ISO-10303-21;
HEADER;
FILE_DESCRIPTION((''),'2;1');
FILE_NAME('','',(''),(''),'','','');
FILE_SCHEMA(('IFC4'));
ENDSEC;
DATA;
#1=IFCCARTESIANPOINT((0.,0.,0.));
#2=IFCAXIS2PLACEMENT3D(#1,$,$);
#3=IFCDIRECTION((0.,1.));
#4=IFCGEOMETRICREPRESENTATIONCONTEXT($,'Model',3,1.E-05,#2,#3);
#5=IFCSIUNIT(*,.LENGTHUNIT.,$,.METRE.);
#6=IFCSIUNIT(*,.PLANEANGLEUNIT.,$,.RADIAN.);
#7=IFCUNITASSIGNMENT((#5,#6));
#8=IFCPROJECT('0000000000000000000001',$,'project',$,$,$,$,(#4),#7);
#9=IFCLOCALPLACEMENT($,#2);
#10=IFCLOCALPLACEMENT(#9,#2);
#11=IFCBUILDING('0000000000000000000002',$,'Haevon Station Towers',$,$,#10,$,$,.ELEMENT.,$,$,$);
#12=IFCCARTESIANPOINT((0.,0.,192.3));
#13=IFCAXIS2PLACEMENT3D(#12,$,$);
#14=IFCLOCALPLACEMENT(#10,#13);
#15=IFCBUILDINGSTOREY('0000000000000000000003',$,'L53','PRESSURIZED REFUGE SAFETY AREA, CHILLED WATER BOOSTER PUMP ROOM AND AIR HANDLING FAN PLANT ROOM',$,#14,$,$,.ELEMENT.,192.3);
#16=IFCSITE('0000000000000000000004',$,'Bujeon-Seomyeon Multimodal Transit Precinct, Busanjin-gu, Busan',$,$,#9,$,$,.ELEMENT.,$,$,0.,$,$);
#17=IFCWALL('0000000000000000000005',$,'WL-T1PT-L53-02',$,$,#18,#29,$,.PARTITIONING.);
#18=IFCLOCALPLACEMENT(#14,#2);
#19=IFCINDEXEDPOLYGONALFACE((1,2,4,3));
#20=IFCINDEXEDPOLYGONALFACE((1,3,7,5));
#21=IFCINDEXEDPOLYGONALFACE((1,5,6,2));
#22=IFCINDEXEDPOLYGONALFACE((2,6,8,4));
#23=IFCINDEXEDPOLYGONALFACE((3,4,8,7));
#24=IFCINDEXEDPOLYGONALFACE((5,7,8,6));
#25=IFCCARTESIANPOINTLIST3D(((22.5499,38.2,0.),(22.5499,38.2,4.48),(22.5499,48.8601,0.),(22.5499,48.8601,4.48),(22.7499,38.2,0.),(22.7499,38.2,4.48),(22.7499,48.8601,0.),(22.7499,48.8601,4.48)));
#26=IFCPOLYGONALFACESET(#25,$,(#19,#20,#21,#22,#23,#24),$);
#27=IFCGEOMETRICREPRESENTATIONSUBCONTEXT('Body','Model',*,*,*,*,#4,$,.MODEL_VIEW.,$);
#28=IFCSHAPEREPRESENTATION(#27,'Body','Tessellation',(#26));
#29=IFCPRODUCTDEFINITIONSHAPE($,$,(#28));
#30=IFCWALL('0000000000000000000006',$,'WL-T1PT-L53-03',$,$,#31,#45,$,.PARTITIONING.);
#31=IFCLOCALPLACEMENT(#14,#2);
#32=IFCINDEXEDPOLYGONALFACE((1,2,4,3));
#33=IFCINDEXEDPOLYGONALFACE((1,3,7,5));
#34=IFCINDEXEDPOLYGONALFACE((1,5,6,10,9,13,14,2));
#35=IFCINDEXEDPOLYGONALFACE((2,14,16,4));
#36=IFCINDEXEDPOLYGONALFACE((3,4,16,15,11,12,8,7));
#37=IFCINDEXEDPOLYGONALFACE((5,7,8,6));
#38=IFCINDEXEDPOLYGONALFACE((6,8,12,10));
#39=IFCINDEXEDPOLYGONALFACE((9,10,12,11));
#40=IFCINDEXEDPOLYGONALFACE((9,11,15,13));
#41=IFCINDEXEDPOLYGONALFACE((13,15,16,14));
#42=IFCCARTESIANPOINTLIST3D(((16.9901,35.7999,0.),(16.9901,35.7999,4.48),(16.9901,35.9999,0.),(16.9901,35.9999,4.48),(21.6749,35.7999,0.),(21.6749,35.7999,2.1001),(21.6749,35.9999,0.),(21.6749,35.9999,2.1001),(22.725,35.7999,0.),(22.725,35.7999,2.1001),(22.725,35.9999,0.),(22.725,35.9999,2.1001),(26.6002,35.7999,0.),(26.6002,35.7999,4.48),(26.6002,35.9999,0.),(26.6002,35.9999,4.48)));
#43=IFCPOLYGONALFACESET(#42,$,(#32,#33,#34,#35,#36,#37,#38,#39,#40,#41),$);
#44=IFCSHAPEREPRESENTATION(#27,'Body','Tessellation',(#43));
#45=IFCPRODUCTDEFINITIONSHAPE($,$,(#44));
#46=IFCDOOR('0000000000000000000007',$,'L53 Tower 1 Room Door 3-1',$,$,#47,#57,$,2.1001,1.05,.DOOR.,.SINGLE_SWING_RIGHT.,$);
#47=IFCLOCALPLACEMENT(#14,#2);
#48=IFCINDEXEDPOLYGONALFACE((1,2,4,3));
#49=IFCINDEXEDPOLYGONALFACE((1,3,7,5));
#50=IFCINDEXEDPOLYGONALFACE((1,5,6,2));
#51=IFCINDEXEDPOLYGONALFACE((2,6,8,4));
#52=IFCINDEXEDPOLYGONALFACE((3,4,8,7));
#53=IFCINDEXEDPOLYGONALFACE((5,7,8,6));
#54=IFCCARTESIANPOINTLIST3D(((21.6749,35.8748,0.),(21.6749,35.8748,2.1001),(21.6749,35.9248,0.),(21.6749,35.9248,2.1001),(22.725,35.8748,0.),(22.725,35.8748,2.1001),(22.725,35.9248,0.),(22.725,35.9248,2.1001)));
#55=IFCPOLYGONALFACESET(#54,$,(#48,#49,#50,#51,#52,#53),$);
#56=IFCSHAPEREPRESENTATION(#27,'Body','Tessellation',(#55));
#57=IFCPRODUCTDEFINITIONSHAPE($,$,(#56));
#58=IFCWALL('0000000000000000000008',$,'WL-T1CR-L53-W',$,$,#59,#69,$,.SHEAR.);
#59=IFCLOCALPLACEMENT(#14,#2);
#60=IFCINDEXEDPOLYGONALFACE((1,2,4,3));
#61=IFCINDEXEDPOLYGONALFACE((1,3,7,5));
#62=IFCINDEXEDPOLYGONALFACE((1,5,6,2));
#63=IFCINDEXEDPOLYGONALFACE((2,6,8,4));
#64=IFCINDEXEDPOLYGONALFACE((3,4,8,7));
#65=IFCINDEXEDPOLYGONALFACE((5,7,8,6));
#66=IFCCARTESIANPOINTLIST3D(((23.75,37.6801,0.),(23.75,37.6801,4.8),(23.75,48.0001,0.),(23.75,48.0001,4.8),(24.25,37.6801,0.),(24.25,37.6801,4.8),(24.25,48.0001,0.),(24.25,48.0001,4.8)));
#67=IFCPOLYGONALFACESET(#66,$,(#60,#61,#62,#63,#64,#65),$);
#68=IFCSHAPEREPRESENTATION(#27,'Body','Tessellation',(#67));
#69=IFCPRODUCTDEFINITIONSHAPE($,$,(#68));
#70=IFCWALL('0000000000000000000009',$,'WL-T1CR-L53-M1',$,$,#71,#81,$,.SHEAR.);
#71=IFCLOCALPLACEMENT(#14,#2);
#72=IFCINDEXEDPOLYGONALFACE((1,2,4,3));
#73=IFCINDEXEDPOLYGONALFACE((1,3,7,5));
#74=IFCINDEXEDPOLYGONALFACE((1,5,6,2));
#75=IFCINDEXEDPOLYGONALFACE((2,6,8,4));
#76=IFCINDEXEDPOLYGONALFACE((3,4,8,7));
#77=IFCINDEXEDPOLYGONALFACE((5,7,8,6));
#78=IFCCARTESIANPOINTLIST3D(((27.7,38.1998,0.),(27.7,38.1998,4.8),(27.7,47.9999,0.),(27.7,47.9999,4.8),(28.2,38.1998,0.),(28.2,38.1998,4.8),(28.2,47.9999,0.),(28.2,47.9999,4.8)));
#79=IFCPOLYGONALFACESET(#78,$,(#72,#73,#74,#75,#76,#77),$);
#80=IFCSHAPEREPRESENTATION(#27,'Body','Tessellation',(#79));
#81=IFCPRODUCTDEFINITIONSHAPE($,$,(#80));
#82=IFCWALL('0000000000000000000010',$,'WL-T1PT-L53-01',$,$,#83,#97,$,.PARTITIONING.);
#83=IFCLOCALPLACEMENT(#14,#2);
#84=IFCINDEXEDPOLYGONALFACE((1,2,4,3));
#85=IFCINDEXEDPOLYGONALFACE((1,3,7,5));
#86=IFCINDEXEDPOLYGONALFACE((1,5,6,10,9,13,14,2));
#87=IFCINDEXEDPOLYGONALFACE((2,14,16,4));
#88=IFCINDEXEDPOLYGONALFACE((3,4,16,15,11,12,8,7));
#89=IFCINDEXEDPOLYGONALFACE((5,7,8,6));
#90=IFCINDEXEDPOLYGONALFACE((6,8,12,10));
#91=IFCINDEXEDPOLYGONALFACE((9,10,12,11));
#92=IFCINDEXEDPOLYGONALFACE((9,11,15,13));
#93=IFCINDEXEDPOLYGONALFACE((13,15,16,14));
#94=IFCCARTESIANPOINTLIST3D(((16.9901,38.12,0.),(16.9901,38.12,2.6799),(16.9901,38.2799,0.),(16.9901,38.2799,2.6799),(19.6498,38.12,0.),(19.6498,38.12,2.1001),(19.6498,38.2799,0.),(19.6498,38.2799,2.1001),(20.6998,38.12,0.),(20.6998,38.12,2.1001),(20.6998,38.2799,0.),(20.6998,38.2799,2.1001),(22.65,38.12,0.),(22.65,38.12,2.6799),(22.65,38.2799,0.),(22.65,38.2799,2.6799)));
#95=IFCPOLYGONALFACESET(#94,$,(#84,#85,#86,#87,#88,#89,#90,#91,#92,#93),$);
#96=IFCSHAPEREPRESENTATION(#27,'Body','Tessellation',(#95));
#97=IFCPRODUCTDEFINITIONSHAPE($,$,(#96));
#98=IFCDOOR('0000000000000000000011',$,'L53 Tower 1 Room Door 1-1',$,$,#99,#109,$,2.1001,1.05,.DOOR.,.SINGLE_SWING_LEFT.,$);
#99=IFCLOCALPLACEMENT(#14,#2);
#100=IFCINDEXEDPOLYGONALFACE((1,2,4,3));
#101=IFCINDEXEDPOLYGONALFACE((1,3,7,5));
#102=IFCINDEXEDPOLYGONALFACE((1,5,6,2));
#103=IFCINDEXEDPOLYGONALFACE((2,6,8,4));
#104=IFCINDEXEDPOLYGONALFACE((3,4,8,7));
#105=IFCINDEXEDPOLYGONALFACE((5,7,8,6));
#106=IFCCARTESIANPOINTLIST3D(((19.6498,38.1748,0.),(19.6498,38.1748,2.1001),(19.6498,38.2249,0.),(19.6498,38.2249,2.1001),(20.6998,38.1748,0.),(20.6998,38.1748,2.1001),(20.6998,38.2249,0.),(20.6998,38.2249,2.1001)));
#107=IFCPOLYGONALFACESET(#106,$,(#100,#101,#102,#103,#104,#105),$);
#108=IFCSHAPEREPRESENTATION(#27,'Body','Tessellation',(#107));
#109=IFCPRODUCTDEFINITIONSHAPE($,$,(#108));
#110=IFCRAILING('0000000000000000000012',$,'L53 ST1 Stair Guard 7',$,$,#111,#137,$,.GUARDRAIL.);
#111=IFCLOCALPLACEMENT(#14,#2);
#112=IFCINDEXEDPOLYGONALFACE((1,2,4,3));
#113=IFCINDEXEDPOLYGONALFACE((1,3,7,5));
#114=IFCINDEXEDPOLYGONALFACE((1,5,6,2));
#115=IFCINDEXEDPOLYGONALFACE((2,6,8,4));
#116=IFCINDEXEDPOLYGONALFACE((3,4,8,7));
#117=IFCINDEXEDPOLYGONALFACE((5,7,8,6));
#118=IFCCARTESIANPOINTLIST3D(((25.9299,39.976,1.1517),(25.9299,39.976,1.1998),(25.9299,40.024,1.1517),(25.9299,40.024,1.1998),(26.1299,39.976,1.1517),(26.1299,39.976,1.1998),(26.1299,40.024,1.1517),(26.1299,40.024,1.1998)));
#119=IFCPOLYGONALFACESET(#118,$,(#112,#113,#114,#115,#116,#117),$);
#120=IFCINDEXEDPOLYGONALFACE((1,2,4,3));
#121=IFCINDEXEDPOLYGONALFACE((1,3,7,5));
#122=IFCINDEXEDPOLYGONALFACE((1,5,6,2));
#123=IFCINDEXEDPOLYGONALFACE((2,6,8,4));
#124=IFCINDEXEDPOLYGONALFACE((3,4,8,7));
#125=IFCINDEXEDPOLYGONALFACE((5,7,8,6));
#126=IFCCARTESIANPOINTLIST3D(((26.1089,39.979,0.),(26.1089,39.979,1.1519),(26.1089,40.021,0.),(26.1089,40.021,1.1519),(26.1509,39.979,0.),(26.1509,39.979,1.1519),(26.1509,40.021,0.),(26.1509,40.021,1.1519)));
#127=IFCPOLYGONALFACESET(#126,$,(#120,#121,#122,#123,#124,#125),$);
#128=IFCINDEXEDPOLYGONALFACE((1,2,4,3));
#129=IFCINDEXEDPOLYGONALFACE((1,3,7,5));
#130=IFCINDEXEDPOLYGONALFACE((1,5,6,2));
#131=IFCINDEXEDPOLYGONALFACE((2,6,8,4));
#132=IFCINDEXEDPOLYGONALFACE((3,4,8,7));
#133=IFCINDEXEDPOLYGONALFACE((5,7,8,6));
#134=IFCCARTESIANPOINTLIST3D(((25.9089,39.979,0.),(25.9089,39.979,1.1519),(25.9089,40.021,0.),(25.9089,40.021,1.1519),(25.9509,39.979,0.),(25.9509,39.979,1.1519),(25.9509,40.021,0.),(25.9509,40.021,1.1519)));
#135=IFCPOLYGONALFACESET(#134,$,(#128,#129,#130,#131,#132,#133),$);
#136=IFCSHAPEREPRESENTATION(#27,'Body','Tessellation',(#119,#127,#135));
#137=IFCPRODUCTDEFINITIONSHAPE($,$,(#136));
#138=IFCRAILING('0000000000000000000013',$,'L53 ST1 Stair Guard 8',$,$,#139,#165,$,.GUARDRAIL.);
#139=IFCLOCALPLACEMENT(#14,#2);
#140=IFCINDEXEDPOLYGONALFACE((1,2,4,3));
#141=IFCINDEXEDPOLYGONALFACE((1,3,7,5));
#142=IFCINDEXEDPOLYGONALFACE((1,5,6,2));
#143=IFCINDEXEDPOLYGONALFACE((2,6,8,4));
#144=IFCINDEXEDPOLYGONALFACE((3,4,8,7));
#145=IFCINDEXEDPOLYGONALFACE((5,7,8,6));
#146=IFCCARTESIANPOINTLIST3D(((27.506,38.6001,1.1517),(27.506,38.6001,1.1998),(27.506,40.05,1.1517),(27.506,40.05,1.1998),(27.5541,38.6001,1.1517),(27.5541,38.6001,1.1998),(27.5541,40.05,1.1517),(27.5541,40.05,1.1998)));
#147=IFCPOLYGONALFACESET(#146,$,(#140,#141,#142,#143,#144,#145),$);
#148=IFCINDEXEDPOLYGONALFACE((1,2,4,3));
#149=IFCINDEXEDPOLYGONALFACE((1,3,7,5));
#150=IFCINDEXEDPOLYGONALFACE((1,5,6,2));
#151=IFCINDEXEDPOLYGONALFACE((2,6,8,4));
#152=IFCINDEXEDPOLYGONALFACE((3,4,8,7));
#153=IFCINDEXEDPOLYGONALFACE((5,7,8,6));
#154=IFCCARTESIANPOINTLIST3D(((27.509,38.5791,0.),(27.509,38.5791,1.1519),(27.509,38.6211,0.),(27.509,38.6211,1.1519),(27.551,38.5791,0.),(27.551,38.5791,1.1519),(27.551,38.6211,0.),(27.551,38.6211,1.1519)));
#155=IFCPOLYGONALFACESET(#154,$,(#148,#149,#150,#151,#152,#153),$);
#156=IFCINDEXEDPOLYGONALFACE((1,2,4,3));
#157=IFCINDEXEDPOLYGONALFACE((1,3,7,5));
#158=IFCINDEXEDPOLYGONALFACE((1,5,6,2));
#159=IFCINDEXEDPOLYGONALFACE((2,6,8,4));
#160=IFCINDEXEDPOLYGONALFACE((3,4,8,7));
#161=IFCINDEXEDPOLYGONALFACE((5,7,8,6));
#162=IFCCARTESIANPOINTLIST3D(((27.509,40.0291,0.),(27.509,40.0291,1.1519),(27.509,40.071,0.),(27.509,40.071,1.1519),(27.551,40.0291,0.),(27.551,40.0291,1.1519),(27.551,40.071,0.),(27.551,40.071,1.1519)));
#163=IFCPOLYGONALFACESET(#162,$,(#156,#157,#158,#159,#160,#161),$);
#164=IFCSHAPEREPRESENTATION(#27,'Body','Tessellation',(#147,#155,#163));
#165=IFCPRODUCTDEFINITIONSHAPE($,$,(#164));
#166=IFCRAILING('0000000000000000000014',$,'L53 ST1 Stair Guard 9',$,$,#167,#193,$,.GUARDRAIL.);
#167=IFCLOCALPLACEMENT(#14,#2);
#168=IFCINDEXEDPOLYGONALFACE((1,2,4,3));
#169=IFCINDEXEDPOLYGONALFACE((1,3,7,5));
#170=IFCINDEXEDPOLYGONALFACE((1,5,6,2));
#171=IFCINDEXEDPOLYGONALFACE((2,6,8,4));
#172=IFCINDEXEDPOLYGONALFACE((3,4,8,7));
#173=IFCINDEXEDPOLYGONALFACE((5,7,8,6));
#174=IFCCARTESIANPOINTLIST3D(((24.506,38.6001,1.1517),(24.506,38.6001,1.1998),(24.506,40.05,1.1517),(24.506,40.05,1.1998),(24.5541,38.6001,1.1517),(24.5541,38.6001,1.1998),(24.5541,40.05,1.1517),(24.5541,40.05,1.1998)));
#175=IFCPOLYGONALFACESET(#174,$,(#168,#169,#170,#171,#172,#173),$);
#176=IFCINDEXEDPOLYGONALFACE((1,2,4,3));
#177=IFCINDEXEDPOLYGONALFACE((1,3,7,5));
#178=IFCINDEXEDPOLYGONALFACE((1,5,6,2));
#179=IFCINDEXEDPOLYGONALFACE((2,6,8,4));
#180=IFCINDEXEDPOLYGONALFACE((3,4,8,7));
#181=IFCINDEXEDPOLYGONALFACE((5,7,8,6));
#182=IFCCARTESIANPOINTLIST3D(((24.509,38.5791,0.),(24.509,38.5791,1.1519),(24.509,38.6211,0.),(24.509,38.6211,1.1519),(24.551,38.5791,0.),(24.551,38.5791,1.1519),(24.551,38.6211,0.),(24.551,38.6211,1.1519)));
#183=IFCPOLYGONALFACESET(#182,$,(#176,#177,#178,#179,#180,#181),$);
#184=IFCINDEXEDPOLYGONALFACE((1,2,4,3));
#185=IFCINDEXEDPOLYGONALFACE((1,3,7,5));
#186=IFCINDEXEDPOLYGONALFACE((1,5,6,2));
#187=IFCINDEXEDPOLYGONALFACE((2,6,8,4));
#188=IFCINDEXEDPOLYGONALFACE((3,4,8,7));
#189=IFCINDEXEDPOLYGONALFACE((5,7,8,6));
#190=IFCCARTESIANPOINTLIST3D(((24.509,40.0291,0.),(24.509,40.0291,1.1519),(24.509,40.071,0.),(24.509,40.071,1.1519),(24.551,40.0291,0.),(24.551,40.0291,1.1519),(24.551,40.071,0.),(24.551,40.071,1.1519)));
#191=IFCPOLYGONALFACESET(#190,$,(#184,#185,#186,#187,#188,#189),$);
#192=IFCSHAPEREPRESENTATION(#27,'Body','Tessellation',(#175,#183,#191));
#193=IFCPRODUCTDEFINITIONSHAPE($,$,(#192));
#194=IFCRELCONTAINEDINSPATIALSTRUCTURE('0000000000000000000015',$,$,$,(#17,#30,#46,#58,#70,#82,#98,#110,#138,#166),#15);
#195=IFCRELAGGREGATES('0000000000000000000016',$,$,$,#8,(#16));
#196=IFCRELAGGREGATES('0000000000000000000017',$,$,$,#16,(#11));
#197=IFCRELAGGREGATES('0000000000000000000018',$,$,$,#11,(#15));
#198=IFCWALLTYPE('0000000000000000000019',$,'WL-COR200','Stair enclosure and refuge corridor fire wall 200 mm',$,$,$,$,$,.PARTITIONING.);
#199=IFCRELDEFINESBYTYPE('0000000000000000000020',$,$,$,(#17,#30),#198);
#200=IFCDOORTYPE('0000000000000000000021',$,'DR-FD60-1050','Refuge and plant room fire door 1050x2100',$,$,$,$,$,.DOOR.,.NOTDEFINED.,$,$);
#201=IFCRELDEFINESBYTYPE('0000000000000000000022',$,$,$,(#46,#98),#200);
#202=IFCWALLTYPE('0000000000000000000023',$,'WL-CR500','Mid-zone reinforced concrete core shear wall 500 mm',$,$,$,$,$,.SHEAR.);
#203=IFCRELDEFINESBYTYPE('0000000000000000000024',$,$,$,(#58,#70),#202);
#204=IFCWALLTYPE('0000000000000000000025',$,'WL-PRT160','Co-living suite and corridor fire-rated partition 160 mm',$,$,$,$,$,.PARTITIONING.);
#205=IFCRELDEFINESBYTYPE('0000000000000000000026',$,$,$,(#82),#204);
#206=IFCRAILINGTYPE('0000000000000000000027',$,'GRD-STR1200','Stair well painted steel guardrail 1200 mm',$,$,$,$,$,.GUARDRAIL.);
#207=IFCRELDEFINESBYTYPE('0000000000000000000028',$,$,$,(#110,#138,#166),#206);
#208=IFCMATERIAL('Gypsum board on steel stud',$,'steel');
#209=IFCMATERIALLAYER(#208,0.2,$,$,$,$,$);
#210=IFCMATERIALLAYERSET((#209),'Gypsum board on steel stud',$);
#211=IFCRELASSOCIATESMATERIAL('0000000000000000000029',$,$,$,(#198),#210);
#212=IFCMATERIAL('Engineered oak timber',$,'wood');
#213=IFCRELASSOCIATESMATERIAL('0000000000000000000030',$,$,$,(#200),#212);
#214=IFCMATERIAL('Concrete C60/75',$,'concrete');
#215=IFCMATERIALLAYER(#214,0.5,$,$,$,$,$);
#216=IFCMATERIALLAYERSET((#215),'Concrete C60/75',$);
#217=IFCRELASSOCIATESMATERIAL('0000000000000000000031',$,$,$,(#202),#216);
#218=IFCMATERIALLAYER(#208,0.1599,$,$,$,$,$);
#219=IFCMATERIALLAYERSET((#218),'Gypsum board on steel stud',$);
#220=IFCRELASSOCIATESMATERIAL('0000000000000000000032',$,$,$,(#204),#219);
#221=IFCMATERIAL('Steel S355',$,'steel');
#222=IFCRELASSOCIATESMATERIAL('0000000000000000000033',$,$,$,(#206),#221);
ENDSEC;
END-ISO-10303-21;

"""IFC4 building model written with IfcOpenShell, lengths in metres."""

from ifc_helpers import new_model, si_unit, direction, frame, frame_2d, origin, origin_2d, place, context, subcontext, project, spatial, rectangle, extrude, material, layer, layer_set, type_object, element, fill, save


model = new_model("IFC4")

# Units and contexts
model_context = context("Model", 3, precision=1e-05, world=origin(), true_north=direction((0.0, 1.0)))
body_context = subcontext(model_context, "Body", "Model", "MODEL_VIEW")
ifc_project = project(units=[si_unit("LENGTHUNIT", "METRE"), si_unit("PLANEANGLEUNIT", "RADIAN")], contexts=[model_context])

# Site, building, storey
site_placement = place(None, origin())
site = spatial("IfcSite", under=ifc_project, at=site_placement, Name="Bujeon-Seomyeon Multimodal Transit Precinct, Busanjin-gu, Busan", CompositionType="ELEMENT", RefElevation=0.0)
building_placement = place(site_placement, origin())
building = spatial("IfcBuilding", under=site, at=building_placement, Name="Haevon Station Towers", CompositionType="ELEMENT")
storey_placement = place(building_placement, frame((0.0, 0.0, 192.3)))
storey = spatial("IfcBuildingStorey", under=building, at=storey_placement, Name="L53", Description="PRESSURIZED REFUGE SAFETY AREA, CHILLED WATER BOOSTER PUMP ROOM AND AIR HANDLING FAN PLANT ROOM", CompositionType="ELEMENT", Elevation=192.3)

# Shared definitions
ifc_material_1 = material(Name="Steel S355", Category="steel")

# Shared definitions
ifc_material_2 = material(Name="Gypsum board on steel stud", Category="steel")
ifc_layer_1 = layer(ifc_material_2, 0.2)
ifc_layer_set_1 = layer_set([ifc_layer_1], Name="Gypsum board on steel stud")
wall_type_1 = type_object("IfcWallType", Name="WL-COR200", Description="Stair enclosure and refuge corridor fire wall 200 mm", PredefinedType="PARTITIONING", material=ifc_layer_set_1)

# Shared definitions
ifc_material_3 = material(Name="Engineered oak timber", Category="wood")
door_type = type_object("IfcDoorType", Name="DR-FD60-1050", Description="Refuge and plant room fire door 1050x2100", OperationType="NOTDEFINED", PredefinedType="DOOR", material=ifc_material_3)

# Wall
wall_1_placement = place(storey_placement, frame((22.6499, 38.2, 0.0), z_axis=(0.0, 0.0, 1.0), x_axis=(0.0, 1.0, 0.0)))
element("IfcWall", 1, at=wall_1_placement, inside=storey, type_object=wall_type_1, Name="WL-T1PT-L53-02", PredefinedType="PARTITIONING", context=body_context, shape_type="SweptSolid", body=[
    extrude(rectangle(XDim=10.6602, YDim=0.2, at=frame_2d((5.3301, 0.0))), origin(), (0.0, 0.0, 1.0), 4.48),
])

# Wall, opening, door
wall_2_placement = place(storey_placement, frame((16.99, 35.8999, 0.0), z_axis=(0.0, 0.0, 1.0), x_axis=(1.0, 0.0, 0.0)))
wall_2 = element("IfcWall", 2, at=wall_2_placement, inside=storey, type_object=wall_type_1, Name="WL-T1PT-L53-03", PredefinedType="PARTITIONING", context=body_context, shape_type="SweptSolid", body=[
    extrude(rectangle(XDim=9.6101, YDim=0.2, at=frame_2d((4.8052, 0.0))), origin(), (0.0, 0.0, 1.0), 4.48),
])
opening_1_placement = place(wall_2_placement, frame((4.6851, 0.0, 0.0)))
opening_1 = element("IfcOpeningElement", 3, at=opening_1_placement, cuts=wall_2, PredefinedType="OPENING", context=body_context, shape_type="SweptSolid", body=[
    extrude(rectangle(XDim=1.05, YDim=2.1001, at=frame_2d((0.5249, 1.05))), frame((0.0, 0.1099, 0.0), z_axis=(0.0, -1.0, 0.0), x_axis=(1.0, 0.0, 0.0)), (0.0, 0.0, 1.0), 0.22),
])
door_1_placement = place(opening_1_placement, origin())
door_1 = element("IfcDoor", 4, at=door_1_placement, inside=storey, type_object=door_type, Name="L53 Tower 1 Room Door 3-1", OperationType="SINGLE_SWING_RIGHT", OverallHeight=2.1001, OverallWidth=1.05, PredefinedType="DOOR", context=body_context, shape_type="SweptSolid", body=[
    extrude(rectangle(XDim=1.05, YDim=2.1001, at=frame_2d((0.5249, 1.05))), frame((0.0, 0.0249, 0.0), z_axis=(0.0, -1.0, 0.0), x_axis=(1.0, 0.0, 0.0)), (0.0, 0.0, 1.0), 0.05),
])
fill(opening_1, door_1)

# Walls
ifc_material_4 = material(Name="Concrete C60/75", Category="concrete")
ifc_layer_2 = layer(ifc_material_4, 0.5)
ifc_layer_set_2 = layer_set([ifc_layer_2], Name="Concrete C60/75")
wall_type_2 = type_object("IfcWallType", Name="WL-CR500", Description="Mid-zone reinforced concrete core shear wall 500 mm", PredefinedType="SHEAR", material=ifc_layer_set_2)
wall_3_placement = place(storey_placement, frame((24.0, 37.6799, 0.0), z_axis=(0.0, 0.0, 1.0), x_axis=(0.0, 1.0, 0.0)))
element("IfcWall", 5, at=wall_3_placement, inside=storey, type_object=wall_type_2, Name="WL-T1CR-L53-W", PredefinedType="SHEAR", context=body_context, shape_type="SweptSolid", body=[
    extrude(rectangle(XDim=10.3201, YDim=0.5, at=frame_2d((5.1602, 0.0))), origin(), (0.0, 0.0, 1.0), 4.8),
])
wall_4_placement = place(storey_placement, frame((27.95, 38.2, 0.0), z_axis=(0.0, 0.0, 1.0), x_axis=(0.0, 1.0, 0.0)))
element("IfcWall", 6, at=wall_4_placement, inside=storey, type_object=wall_type_2, Name="WL-T1CR-L53-M1", PredefinedType="SHEAR", context=body_context, shape_type="SweptSolid", body=[
    extrude(rectangle(XDim=9.8, YDim=0.5, at=frame_2d((4.8999, 0.0))), origin(), (0.0, 0.0, 1.0), 4.8),
])

# Wall, opening, door
ifc_layer_3 = layer(ifc_material_2, 0.1599)
ifc_layer_set_3 = layer_set([ifc_layer_3], Name="Gypsum board on steel stud")
wall_type_3 = type_object("IfcWallType", Name="WL-PRT160", Description="Co-living suite and corridor fire-rated partition 160 mm", PredefinedType="PARTITIONING", material=ifc_layer_set_3)
wall_5_placement = place(storey_placement, frame((16.99, 38.2, 0.0), z_axis=(0.0, 0.0, 1.0), x_axis=(1.0, 0.0, 0.0)))
wall_5 = element("IfcWall", 7, at=wall_5_placement, inside=storey, type_object=wall_type_3, Name="WL-T1PT-L53-01", PredefinedType="PARTITIONING", context=body_context, shape_type="SweptSolid", body=[
    extrude(rectangle(XDim=5.6599, YDim=0.1599, at=frame_2d((2.8301, 0.0))), origin(), (0.0, 0.0, 1.0), 2.6799),
])
opening_2_placement = place(wall_5_placement, frame((2.6599, 0.0, 0.0)))
opening_2 = element("IfcOpeningElement", 8, at=opening_2_placement, cuts=wall_5, PredefinedType="OPENING", context=body_context, shape_type="SweptSolid", body=[
    extrude(rectangle(XDim=1.05, YDim=2.1001, at=frame_2d((0.5249, 1.05))), frame((0.0, 0.0898, 0.0), z_axis=(0.0, -1.0, 0.0), x_axis=(1.0, 0.0, 0.0)), (0.0, 0.0, 1.0), 0.1799),
])
door_2_placement = place(opening_2_placement, origin())
door_2 = element("IfcDoor", 9, at=door_2_placement, inside=storey, type_object=door_type, Name="L53 Tower 1 Room Door 1-1", OperationType="SINGLE_SWING_LEFT", OverallHeight=2.1001, OverallWidth=1.05, PredefinedType="DOOR", context=body_context, shape_type="SweptSolid", body=[
    extrude(rectangle(XDim=1.05, YDim=2.1001, at=frame_2d((0.5249, 1.05))), frame((0.0, 0.0249, 0.0), z_axis=(0.0, -1.0, 0.0), x_axis=(1.0, 0.0, 0.0)), (0.0, 0.0, 1.0), 0.05),
])
fill(opening_2, door_2)

# Railings
railing_type = type_object("IfcRailingType", Name="GRD-STR1200", Description="Stair well painted steel guardrail 1200 mm", PredefinedType="GUARDRAIL", material=ifc_material_1)
railing_placement = place(storey_placement, frame((26.1299, 40.0, 0.0)))
element("IfcRailing", 10, at=railing_placement, inside=storey, type_object=railing_type, Name="L53 ST1 Stair Guard 7", PredefinedType="GUARDRAIL", context=body_context, shape_type="SweptSolid", body=[
    extrude(rectangle(XDim=0.0481, YDim=0.0481, at=origin_2d()), frame((0.0, 0.0, 1.1758), z_axis=(-1.0, 0.0, 0.0), x_axis=(0.0, -1.0, 0.0)), (0.0, 0.0, 1.0), 0.2),
    extrude(rectangle(XDim=0.042, YDim=0.042, at=origin_2d()), origin(), (0.0, 0.0, 1.0), 1.1519),
    extrude(rectangle(XDim=0.042, YDim=0.042, at=origin_2d()), frame((-0.2, 0.0, 0.0)), (0.0, 0.0, 1.0), 1.1519),
])
for number, where, name in (
    (11, (27.53, 38.6001, 0.0), "L53 ST1 Stair Guard 8"),
    (12, (24.53, 38.6001, 0.0), "L53 ST1 Stair Guard 9"),
):
    element("IfcRailing", number, at=place(storey_placement, frame(where)), inside=storey, type_object=railing_type, Name=name, PredefinedType="GUARDRAIL", context=body_context, shape_type="SweptSolid", body=[
        extrude(rectangle(XDim=0.0481, YDim=0.0481, at=origin_2d()), frame((0.0, 0.0, 1.1758), z_axis=(0.0, 1.0, 0.0), x_axis=(-1.0, 0.0, 0.0)), (0.0, 0.0, 1.0), 1.45),
        extrude(rectangle(XDim=0.042, YDim=0.042, at=origin_2d()), origin(), (0.0, 0.0, 1.0), 1.1519),
        extrude(rectangle(XDim=0.042, YDim=0.042, at=origin_2d()), frame((0.0, 1.45, 0.0)), (0.0, 0.0, 1.0), 1.1519),
    ])

save(model, "model.ifc")
